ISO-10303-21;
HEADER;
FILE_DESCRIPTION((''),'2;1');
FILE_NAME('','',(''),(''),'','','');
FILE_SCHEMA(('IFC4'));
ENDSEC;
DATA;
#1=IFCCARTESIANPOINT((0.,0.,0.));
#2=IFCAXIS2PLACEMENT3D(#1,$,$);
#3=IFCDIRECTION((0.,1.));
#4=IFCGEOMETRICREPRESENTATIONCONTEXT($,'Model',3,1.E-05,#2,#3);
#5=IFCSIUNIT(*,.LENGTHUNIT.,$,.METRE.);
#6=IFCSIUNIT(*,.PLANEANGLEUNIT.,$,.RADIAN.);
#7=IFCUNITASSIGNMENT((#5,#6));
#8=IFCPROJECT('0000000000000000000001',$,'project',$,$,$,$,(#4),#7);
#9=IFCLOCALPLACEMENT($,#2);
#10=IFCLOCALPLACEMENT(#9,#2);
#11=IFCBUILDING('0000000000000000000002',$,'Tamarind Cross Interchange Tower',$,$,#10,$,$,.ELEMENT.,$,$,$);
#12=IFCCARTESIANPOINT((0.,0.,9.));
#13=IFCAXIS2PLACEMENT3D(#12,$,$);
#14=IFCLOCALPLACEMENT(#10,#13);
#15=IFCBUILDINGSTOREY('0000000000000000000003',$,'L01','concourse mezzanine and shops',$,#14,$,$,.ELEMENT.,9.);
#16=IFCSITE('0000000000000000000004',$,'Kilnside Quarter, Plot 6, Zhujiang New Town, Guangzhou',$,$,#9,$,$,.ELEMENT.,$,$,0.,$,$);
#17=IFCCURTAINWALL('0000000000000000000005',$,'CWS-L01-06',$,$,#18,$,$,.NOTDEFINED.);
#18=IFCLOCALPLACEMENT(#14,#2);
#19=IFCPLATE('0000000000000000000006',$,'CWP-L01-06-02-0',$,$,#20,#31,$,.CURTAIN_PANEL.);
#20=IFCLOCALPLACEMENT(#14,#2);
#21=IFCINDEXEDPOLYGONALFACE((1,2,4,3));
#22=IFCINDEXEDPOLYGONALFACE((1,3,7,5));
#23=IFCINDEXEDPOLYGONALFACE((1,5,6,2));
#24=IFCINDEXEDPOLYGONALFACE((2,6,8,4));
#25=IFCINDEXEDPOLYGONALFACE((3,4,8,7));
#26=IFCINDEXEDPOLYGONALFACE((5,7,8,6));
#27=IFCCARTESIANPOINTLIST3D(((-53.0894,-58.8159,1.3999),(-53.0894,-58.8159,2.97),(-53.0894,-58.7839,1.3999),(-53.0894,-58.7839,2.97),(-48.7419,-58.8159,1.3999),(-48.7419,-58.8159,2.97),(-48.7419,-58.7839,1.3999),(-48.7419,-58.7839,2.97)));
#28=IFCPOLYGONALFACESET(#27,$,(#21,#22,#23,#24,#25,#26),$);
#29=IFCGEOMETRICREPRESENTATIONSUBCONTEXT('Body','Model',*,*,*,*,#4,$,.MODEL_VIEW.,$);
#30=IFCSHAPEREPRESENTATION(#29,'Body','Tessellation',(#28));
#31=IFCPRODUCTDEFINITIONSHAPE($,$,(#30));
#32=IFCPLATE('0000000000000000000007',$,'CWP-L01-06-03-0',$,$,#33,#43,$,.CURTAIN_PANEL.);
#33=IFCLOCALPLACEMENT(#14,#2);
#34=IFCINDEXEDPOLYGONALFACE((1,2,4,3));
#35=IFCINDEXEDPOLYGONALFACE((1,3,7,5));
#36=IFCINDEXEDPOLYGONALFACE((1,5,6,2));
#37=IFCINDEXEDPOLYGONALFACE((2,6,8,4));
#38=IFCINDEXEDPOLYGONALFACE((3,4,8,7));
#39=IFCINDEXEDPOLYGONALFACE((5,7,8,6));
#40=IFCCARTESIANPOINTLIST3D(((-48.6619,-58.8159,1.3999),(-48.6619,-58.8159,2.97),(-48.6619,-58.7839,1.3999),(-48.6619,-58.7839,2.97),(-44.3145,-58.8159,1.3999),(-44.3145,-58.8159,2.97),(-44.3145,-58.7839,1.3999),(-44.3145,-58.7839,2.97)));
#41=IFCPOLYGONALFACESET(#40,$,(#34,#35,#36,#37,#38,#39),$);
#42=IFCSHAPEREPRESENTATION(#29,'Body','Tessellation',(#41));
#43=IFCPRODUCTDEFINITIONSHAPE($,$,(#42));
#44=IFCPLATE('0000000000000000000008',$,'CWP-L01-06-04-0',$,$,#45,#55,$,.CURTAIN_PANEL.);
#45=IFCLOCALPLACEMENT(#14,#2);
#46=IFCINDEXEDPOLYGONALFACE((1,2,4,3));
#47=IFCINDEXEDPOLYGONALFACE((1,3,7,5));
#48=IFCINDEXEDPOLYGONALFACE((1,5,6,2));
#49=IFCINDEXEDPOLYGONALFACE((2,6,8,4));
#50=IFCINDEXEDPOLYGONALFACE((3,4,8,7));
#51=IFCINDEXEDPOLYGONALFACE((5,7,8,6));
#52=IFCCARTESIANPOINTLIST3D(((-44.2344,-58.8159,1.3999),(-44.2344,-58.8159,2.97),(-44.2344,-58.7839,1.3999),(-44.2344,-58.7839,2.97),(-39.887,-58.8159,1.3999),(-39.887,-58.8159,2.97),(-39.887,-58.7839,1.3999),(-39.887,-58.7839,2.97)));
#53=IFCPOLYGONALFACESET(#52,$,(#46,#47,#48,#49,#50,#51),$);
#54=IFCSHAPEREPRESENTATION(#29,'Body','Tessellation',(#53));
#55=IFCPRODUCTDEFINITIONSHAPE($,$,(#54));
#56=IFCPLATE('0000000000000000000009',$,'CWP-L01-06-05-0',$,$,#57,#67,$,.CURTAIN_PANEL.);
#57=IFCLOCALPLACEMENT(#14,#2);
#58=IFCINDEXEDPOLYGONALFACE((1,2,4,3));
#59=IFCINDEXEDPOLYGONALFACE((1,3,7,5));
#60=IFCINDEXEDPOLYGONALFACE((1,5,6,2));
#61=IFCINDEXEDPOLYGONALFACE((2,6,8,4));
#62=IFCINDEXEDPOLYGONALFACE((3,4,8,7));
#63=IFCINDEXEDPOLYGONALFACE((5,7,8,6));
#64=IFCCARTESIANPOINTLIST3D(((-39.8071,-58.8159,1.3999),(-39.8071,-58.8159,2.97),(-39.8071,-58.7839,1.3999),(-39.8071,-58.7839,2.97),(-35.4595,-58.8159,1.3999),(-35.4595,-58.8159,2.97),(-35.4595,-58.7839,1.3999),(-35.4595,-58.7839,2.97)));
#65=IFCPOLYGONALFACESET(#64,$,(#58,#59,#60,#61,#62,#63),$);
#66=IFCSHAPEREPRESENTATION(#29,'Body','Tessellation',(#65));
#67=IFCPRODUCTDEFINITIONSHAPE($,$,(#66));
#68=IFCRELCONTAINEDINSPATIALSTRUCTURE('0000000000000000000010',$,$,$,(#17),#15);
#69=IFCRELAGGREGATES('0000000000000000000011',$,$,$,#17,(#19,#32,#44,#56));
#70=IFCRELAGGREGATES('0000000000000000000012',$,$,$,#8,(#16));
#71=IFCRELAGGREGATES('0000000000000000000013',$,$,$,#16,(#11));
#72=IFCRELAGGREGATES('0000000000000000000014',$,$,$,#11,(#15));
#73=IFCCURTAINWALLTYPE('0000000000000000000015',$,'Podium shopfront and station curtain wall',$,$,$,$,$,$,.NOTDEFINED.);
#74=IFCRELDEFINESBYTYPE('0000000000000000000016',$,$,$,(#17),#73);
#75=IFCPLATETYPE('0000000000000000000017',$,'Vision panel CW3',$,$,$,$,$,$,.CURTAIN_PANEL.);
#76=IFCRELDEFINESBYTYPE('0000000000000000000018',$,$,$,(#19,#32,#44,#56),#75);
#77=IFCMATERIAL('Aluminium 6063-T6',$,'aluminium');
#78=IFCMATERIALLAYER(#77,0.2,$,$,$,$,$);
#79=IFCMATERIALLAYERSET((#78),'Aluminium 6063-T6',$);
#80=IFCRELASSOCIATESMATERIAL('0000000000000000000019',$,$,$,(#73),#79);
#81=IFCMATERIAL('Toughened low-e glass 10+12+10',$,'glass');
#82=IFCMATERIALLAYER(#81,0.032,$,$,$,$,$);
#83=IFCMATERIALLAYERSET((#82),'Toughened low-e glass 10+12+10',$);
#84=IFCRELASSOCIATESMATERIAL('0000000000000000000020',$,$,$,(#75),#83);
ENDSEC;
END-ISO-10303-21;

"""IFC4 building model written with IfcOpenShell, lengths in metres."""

from ifc_helpers import new_model, si_unit, direction, frame, origin, place, context, subcontext, project, spatial, polyline, outline, extrude, material, layer, layer_set, type_object, element, aggregate, save


model = new_model("IFC4")

# Units and contexts
model_context = context("Model", 3, precision=1e-05, world=origin(), true_north=direction((0.0, 1.0)))
body_context = subcontext(model_context, "Body", "Model", "MODEL_VIEW")
ifc_project = project(units=[si_unit("LENGTHUNIT", "METRE"), si_unit("PLANEANGLEUNIT", "RADIAN")], contexts=[model_context])

# Site, building, storey
site_placement = place(None, origin())
site = spatial("IfcSite", under=ifc_project, at=site_placement, Name="Kilnside Quarter, Plot 6, Zhujiang New Town, Guangzhou", CompositionType="ELEMENT", RefElevation=0.0)
building_placement = place(site_placement, origin())
building = spatial("IfcBuilding", under=site, at=building_placement, Name="Tamarind Cross Interchange Tower", CompositionType="ELEMENT")
storey_placement = place(building_placement, frame((0.0, 0.0, 9.0)))
storey = spatial("IfcBuildingStorey", under=building, at=storey_placement, Name="L01", Description="concourse mezzanine and shops", CompositionType="ELEMENT", Elevation=9.0)

# Shared definitions
ifc_material_1 = material(Name="Aluminium 6063-T6", Category="aluminium")
ifc_layer_1 = layer(ifc_material_1, 0.2)
ifc_layer_set_1 = layer_set([ifc_layer_1], Name="Aluminium 6063-T6")
curtain_wall_type = type_object("IfcCurtainWallType", Name="Podium shopfront and station curtain wall", PredefinedType="NOTDEFINED", material=ifc_layer_set_1)

# Shared definitions
ifc_material_2 = material(Name="Toughened low-e glass 10+12+10", Category="glass")
ifc_layer_2 = layer(ifc_material_2, 0.032)
ifc_layer_set_2 = layer_set([ifc_layer_2], Name="Toughened low-e glass 10+12+10")
plate_type = type_object("IfcPlateType", Name="Vision panel CW3", PredefinedType="CURTAIN_PANEL", material=ifc_layer_set_2)

# Curtain wall, plates
curtain_wall_1_placement = place(storey_placement, origin())
curtain_wall_1 = element("IfcCurtainWall", 1, at=curtain_wall_1_placement, inside=storey, type_object=curtain_wall_type, Name="CWS-L01-06", PredefinedType="NOTDEFINED")
plate_1_placement = place(storey_placement, frame((0.0, 0.0, 1.3999)))
plate_1 = element("IfcPlate", 2, at=plate_1_placement, type_object=plate_type, Name="CWP-L01-06-02-0", PredefinedType="CURTAIN_PANEL", context=body_context, shape_type="SweptSolid", body=[
    extrude(outline(polyline([(-53.0894, -58.7839), (-48.7419, -58.7839), (-48.7419, -58.8159), (-53.0894, -58.8159), (-53.0894, -58.7839)])), origin(), (0.0, 0.0, 1.0), 1.5701),
])
plate_2_placement = place(storey_placement, frame((0.0, 0.0, 1.3999)))
plate_2 = element("IfcPlate", 3, at=plate_2_placement, type_object=plate_type, Name="CWP-L01-06-03-0", PredefinedType="CURTAIN_PANEL", context=body_context, shape_type="SweptSolid", body=[
    extrude(outline(polyline([(-48.6619, -58.7839), (-44.3145, -58.7839), (-44.3145, -58.8159), (-48.6619, -58.8159), (-48.6619, -58.7839)])), origin(), (0.0, 0.0, 1.0), 1.5701),
])
plate_3_placement = place(storey_placement, frame((0.0, 0.0, 1.3999)))
plate_3 = element("IfcPlate", 4, at=plate_3_placement, type_object=plate_type, Name="CWP-L01-06-04-0", PredefinedType="CURTAIN_PANEL", context=body_context, shape_type="SweptSolid", body=[
    extrude(outline(polyline([(-44.2344, -58.7839), (-39.887, -58.7839), (-39.887, -58.8159), (-44.2344, -58.8159), (-44.2344, -58.7839)])), origin(), (0.0, 0.0, 1.0), 1.5701),
])
plate_4_placement = place(storey_placement, frame((0.0, 0.0, 1.3999)))
plate_4 = element("IfcPlate", 5, at=plate_4_placement, type_object=plate_type, Name="CWP-L01-06-05-0", PredefinedType="CURTAIN_PANEL", context=body_context, shape_type="SweptSolid", body=[
    extrude(outline(polyline([(-39.8071, -58.7839), (-35.4595, -58.7839), (-35.4595, -58.8159), (-39.8071, -58.8159), (-39.8071, -58.7839)])), origin(), (0.0, 0.0, 1.0), 1.5701),
])
aggregate(curtain_wall_1, [plate_1, plate_2, plate_3, plate_4])

save(model, "model.ifc")
